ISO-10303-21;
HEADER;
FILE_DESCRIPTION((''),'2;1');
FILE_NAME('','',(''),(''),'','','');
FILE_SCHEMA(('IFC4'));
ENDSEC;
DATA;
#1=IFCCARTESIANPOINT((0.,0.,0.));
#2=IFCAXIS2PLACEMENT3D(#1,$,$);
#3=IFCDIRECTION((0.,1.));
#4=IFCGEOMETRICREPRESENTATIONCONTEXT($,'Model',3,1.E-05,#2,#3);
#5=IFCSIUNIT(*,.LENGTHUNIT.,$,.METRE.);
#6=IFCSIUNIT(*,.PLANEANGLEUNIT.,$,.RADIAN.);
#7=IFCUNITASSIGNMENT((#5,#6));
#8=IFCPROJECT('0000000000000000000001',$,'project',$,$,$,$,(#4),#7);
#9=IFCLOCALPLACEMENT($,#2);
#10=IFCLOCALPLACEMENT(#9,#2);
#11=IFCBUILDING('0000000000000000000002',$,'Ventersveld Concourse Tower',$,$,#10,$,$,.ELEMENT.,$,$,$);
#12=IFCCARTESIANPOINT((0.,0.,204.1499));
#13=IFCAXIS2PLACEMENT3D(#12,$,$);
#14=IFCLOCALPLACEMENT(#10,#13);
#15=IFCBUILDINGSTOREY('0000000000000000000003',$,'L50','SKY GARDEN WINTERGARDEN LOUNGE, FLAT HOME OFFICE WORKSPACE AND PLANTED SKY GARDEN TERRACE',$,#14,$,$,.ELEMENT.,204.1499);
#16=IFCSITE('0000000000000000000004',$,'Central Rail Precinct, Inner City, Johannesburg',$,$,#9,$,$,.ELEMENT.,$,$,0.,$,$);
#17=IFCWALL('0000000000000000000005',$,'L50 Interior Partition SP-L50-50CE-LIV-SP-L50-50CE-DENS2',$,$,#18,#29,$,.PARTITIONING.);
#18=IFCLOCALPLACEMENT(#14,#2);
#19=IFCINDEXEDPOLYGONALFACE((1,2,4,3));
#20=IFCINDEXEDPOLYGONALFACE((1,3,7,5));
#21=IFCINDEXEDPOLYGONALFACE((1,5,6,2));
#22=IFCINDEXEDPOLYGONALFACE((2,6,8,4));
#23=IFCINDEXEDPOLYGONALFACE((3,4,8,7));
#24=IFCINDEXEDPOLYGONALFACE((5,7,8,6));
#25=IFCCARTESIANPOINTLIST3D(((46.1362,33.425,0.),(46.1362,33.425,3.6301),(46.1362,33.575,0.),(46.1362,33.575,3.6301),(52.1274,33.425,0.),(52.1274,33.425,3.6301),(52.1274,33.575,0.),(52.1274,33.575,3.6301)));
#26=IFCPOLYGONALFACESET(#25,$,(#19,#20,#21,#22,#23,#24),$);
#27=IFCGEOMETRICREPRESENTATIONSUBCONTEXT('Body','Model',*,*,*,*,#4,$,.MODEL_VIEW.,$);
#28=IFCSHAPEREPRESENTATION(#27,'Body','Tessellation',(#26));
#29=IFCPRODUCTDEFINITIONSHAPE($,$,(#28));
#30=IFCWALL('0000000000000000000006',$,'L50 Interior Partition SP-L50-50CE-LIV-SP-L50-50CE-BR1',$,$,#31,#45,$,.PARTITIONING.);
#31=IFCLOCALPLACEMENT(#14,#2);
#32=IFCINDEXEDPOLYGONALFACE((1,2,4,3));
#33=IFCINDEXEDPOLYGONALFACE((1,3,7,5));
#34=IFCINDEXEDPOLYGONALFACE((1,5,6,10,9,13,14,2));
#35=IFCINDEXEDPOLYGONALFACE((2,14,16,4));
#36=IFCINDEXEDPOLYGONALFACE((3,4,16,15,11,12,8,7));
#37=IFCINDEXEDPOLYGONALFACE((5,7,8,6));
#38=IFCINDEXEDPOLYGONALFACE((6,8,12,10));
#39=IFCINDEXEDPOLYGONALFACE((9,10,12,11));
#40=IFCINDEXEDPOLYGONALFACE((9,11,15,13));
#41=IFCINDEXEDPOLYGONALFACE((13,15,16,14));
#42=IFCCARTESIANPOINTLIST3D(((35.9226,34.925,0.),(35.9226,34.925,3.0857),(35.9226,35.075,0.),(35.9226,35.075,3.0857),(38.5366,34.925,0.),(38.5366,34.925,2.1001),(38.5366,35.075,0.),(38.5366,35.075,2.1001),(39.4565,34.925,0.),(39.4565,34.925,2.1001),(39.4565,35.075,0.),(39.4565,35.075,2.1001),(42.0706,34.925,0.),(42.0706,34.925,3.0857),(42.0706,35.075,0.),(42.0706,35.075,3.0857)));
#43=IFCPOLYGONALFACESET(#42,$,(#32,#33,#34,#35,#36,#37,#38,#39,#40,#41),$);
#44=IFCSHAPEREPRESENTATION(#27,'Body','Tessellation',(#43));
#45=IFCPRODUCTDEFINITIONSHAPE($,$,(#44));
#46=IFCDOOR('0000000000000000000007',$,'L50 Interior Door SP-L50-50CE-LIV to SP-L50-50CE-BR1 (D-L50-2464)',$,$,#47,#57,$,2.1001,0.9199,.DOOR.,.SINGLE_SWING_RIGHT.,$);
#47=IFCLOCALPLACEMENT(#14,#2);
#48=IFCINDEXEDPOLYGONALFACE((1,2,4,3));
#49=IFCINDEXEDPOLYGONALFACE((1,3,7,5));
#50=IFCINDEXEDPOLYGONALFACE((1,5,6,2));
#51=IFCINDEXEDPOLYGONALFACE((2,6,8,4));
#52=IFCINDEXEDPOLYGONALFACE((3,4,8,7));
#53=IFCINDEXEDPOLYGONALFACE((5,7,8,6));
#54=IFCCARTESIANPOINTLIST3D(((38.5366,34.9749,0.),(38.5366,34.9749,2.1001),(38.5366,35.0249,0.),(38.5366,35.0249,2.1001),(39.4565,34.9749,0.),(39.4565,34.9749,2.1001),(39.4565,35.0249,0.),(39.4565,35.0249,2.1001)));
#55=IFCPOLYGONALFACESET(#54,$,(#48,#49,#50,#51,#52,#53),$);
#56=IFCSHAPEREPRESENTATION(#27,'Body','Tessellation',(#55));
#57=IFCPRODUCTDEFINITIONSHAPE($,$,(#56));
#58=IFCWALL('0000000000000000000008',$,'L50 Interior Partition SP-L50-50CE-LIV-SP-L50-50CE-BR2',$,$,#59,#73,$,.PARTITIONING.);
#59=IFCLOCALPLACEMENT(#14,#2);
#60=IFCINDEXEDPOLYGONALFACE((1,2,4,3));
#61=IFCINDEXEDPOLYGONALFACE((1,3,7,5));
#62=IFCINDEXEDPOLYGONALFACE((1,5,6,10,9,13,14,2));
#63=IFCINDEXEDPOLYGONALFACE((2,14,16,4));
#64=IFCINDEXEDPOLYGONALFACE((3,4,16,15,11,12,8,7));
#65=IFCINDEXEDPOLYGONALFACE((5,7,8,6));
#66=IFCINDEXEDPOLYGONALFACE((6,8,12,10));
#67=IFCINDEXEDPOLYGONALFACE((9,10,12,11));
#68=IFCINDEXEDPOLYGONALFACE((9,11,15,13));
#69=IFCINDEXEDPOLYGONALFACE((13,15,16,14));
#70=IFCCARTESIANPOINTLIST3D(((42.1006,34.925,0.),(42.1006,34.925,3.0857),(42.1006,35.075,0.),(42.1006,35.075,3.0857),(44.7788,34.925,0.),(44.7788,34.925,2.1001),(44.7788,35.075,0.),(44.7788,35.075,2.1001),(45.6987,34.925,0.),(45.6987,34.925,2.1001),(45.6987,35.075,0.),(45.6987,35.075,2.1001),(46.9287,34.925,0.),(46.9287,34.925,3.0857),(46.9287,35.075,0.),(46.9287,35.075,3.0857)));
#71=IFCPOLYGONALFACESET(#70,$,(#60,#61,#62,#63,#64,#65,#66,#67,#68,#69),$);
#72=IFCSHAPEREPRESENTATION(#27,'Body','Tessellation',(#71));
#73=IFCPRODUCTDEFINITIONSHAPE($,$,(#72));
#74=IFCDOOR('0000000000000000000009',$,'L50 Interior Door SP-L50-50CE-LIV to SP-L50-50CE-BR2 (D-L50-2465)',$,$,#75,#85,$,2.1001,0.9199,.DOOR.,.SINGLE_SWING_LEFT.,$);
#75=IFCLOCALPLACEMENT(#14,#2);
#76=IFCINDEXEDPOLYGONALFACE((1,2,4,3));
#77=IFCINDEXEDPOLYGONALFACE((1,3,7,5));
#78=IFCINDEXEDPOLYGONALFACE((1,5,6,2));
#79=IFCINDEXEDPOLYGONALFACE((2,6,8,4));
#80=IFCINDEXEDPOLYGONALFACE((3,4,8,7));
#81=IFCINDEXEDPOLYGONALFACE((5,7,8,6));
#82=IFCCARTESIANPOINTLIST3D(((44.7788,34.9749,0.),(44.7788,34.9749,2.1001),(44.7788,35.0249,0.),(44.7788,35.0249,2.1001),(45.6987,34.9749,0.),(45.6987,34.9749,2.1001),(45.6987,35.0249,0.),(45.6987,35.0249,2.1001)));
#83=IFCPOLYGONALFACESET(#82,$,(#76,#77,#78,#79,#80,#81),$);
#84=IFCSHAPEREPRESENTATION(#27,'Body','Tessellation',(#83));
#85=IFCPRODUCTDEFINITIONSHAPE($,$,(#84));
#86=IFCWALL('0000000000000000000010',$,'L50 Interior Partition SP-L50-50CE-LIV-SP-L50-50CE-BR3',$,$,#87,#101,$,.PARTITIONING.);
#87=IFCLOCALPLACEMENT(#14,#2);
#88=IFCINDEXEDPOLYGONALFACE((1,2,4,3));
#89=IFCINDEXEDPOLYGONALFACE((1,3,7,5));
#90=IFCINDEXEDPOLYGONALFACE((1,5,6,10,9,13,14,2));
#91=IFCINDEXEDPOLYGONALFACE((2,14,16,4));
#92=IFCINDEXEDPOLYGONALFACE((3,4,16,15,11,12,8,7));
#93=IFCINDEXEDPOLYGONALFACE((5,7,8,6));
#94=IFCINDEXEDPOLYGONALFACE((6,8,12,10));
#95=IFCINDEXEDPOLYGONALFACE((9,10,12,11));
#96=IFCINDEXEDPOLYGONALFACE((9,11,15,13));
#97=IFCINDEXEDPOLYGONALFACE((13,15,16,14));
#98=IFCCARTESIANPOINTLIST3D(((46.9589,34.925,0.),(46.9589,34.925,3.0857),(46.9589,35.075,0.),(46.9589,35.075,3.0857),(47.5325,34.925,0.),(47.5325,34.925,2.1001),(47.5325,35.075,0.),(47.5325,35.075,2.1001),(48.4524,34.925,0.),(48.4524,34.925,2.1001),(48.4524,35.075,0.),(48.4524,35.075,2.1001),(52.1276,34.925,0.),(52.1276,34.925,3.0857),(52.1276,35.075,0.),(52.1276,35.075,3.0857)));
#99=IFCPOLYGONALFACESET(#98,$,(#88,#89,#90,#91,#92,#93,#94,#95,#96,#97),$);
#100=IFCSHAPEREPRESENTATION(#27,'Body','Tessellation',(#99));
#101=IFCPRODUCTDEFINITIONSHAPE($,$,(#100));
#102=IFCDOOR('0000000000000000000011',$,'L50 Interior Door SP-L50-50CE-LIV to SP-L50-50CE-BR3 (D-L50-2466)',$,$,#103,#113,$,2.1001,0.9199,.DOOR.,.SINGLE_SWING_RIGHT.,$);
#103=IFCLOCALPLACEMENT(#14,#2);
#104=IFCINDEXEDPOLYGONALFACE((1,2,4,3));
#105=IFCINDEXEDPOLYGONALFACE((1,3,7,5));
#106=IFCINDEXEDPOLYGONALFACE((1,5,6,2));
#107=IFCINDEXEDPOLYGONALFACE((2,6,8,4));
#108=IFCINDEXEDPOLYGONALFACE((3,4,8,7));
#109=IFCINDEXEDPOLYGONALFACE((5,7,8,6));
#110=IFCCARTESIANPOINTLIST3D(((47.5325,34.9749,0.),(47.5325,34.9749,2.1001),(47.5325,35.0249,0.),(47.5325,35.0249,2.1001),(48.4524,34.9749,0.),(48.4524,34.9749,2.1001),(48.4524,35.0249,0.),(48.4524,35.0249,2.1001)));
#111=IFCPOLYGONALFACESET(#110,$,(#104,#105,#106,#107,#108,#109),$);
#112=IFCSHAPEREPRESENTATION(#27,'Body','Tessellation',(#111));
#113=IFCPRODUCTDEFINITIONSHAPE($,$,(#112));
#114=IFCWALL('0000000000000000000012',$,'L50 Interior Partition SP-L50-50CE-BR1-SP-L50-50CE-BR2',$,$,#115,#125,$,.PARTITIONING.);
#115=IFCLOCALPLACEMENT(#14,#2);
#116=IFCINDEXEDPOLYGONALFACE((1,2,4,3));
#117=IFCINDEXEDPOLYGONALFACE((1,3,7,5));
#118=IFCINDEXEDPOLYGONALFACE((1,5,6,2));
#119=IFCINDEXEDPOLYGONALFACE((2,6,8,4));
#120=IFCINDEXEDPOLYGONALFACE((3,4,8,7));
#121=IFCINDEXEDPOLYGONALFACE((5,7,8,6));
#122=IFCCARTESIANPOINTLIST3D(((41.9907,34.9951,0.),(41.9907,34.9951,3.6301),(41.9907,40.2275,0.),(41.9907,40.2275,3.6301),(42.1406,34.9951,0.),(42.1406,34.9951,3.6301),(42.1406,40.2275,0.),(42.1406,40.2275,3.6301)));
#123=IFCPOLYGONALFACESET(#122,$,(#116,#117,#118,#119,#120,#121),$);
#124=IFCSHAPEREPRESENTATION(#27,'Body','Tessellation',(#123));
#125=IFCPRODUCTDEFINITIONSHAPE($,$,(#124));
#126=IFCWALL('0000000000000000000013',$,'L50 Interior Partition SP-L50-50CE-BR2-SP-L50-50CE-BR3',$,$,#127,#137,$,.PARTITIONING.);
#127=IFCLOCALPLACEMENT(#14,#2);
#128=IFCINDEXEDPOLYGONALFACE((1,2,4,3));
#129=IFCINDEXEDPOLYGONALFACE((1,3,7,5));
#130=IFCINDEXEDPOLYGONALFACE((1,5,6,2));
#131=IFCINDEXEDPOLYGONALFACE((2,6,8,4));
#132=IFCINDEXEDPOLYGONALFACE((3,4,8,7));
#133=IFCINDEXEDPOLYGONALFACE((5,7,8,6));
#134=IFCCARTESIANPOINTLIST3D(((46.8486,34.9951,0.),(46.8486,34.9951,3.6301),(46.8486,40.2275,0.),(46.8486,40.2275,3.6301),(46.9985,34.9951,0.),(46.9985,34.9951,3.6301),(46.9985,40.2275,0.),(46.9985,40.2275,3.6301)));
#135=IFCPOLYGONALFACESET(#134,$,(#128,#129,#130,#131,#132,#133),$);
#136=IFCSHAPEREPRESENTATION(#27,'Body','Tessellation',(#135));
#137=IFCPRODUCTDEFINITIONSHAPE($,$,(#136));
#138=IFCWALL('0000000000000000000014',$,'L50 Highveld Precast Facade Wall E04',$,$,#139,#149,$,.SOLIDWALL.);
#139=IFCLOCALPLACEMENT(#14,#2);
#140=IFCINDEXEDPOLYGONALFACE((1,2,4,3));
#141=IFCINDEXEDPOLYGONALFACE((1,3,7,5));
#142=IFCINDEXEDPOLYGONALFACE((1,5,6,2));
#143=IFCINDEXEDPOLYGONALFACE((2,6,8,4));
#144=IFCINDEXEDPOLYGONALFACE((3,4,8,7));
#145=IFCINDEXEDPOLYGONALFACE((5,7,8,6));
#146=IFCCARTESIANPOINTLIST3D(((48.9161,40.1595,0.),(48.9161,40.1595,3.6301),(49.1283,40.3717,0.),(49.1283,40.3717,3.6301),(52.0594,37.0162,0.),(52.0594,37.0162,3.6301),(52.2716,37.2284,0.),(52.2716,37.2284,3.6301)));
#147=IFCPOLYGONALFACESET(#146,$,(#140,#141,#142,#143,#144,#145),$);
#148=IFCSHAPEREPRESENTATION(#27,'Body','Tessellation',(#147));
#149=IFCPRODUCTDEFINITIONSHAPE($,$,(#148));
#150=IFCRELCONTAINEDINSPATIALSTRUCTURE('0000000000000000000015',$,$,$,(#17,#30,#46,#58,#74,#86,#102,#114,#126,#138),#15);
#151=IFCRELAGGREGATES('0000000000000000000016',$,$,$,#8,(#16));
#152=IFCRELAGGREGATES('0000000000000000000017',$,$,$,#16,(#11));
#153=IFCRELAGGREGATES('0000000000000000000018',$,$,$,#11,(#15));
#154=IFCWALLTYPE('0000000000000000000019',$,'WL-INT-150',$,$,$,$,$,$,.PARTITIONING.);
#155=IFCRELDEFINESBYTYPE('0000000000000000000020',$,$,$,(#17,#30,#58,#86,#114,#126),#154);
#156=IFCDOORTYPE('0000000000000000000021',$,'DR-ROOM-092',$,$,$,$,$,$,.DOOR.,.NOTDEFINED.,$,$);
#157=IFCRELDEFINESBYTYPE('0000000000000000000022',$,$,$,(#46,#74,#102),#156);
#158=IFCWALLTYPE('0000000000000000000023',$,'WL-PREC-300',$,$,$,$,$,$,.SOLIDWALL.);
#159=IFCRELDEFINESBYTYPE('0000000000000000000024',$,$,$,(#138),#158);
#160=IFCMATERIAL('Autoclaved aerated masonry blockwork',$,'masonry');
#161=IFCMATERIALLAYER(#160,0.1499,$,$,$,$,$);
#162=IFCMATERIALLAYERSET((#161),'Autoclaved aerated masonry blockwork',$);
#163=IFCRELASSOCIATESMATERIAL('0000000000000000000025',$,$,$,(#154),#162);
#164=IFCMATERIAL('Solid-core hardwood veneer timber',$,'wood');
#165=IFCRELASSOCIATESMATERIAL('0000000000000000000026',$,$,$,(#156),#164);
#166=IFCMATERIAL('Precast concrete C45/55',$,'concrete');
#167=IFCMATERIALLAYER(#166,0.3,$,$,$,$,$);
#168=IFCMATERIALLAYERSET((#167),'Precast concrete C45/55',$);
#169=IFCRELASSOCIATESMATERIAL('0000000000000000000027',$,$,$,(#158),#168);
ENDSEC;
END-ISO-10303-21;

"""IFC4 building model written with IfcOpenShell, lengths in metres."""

from ifc_helpers import new_model, si_unit, direction, frame, frame_2d, origin, place, context, subcontext, project, spatial, rectangle, extrude, material, layer, layer_set, type_object, element, fill, save


model = new_model("IFC4")

# Units and contexts
model_context = context("Model", 3, precision=1e-05, world=origin(), true_north=direction((0.0, 1.0)))
body_context = subcontext(model_context, "Body", "Model", "MODEL_VIEW")
ifc_project = project(units=[si_unit("LENGTHUNIT", "METRE"), si_unit("PLANEANGLEUNIT", "RADIAN")], contexts=[model_context])

# Site, building, storey
site_placement = place(None, origin())
site = spatial("IfcSite", under=ifc_project, at=site_placement, Name="Central Rail Precinct, Inner City, Johannesburg", CompositionType="ELEMENT", RefElevation=0.0)
building_placement = place(site_placement, origin())
building = spatial("IfcBuilding", under=site, at=building_placement, Name="Ventersveld Concourse Tower", CompositionType="ELEMENT")
storey_placement = place(building_placement, frame((0.0, 0.0, 204.1499)))
storey = spatial("IfcBuildingStorey", under=building, at=storey_placement, Name="L50", Description="SKY GARDEN WINTERGARDEN LOUNGE, FLAT HOME OFFICE WORKSPACE AND PLANTED SKY GARDEN TERRACE", CompositionType="ELEMENT", Elevation=204.1499)

# Wall
ifc_material_1 = material(Name="Autoclaved aerated masonry blockwork", Category="masonry")
ifc_layer_1 = layer(ifc_material_1, 0.1499)
ifc_layer_set_1 = layer_set([ifc_layer_1], Name="Autoclaved aerated masonry blockwork")
wall_type_1 = type_object("IfcWallType", Name="WL-INT-150", PredefinedType="PARTITIONING", material=ifc_layer_set_1)
wall_1_placement = place(storey_placement, frame((46.1362, 33.5, 0.0), z_axis=(0.0, 0.0, 1.0), x_axis=(1.0, 0.0, 0.0)))
element("IfcWall", 1, at=wall_1_placement, inside=storey, type_object=wall_type_1, Name="L50 Interior Partition SP-L50-50CE-LIV-SP-L50-50CE-DENS2", PredefinedType="PARTITIONING", context=body_context, shape_type="SweptSolid", body=[
    extrude(rectangle(XDim=5.9912, YDim=0.1499, at=frame_2d((2.9956, 0.0))), origin(), (0.0, 0.0, 1.0), 3.6301),
])

# Walls, openings, doors
wall_2_placement = place(storey_placement, frame((35.9226, 35.0, 0.0), z_axis=(0.0, 0.0, 1.0), x_axis=(1.0, 0.0, 0.0)))
wall_2 = element("IfcWall", 2, at=wall_2_placement, inside=storey, type_object=wall_type_1, Name="L50 Interior Partition SP-L50-50CE-LIV-SP-L50-50CE-BR1", PredefinedType="PARTITIONING", context=body_context, shape_type="SweptSolid", body=[
    extrude(rectangle(XDim=6.1479, YDim=0.1499, at=frame_2d((3.074, 0.0))), origin(), (0.0, 0.0, 1.0), 3.0857),
])
opening_1_placement = place(wall_2_placement, frame((2.614, 0.0, 0.0)))
opening_1 = element("IfcOpeningElement", 3, at=opening_1_placement, cuts=wall_2, PredefinedType="OPENING", context=body_context, shape_type="SweptSolid", body=[
    extrude(rectangle(XDim=0.9199, YDim=2.1001, at=frame_2d((0.46, 1.05))), frame((0.0, 0.085, 0.0), z_axis=(0.0, -1.0, 0.0), x_axis=(1.0, 0.0, 0.0)), (0.0, 0.0, 1.0), 0.1699),
])
ifc_material_2 = material(Name="Solid-core hardwood veneer timber", Category="wood")
door_type = type_object("IfcDoorType", Name="DR-ROOM-092", OperationType="NOTDEFINED", PredefinedType="DOOR", material=ifc_material_2)
door_1_placement = place(opening_1_placement, origin())
door_1 = element("IfcDoor", 4, at=door_1_placement, inside=storey, type_object=door_type, Name="L50 Interior Door SP-L50-50CE-LIV to SP-L50-50CE-BR1 (D-L50-2464)", OperationType="SINGLE_SWING_RIGHT", OverallHeight=2.1001, OverallWidth=0.9199, PredefinedType="DOOR", context=body_context, shape_type="SweptSolid", body=[
    extrude(rectangle(XDim=0.9199, YDim=2.1001, at=frame_2d((0.46, 1.05))), frame((0.0, 0.0249, 0.0), z_axis=(0.0, -1.0, 0.0), x_axis=(1.0, 0.0, 0.0)), (0.0, 0.0, 1.0), 0.05),
])
fill(opening_1, door_1)
wall_3_placement = place(storey_placement, frame((42.1006, 35.0, 0.0), z_axis=(0.0, 0.0, 1.0), x_axis=(1.0, 0.0, 0.0)))
wall_3 = element("IfcWall", 5, at=wall_3_placement, inside=storey, type_object=wall_type_1, Name="L50 Interior Partition SP-L50-50CE-LIV-SP-L50-50CE-BR2", PredefinedType="PARTITIONING", context=body_context, shape_type="SweptSolid", body=[
    extrude(rectangle(XDim=4.8281, YDim=0.1499, at=frame_2d((2.4141, 0.0))), origin(), (0.0, 0.0, 1.0), 3.0857),
])
opening_2_placement = place(wall_3_placement, frame((2.6782, 0.0, 0.0)))
opening_2 = element("IfcOpeningElement", 6, at=opening_2_placement, cuts=wall_3, PredefinedType="OPENING", context=body_context, shape_type="SweptSolid", body=[
    extrude(rectangle(XDim=0.9199, YDim=2.1001, at=frame_2d((0.46, 1.05))), frame((0.0, 0.085, 0.0), z_axis=(0.0, -1.0, 0.0), x_axis=(1.0, 0.0, 0.0)), (0.0, 0.0, 1.0), 0.1699),
])
door_2_placement = place(opening_2_placement, origin())
door_2 = element("IfcDoor", 7, at=door_2_placement, inside=storey, type_object=door_type, Name="L50 Interior Door SP-L50-50CE-LIV to SP-L50-50CE-BR2 (D-L50-2465)", OperationType="SINGLE_SWING_LEFT", OverallHeight=2.1001, OverallWidth=0.9199, PredefinedType="DOOR", context=body_context, shape_type="SweptSolid", body=[
    extrude(rectangle(XDim=0.9199, YDim=2.1001, at=frame_2d((0.46, 1.05))), frame((0.0, 0.0249, 0.0), z_axis=(0.0, -1.0, 0.0), x_axis=(1.0, 0.0, 0.0)), (0.0, 0.0, 1.0), 0.05),
])
fill(opening_2, door_2)
wall_4_placement = place(storey_placement, frame((46.9587, 35.0, 0.0), z_axis=(0.0, 0.0, 1.0), x_axis=(1.0, 0.0, 0.0)))
wall_4 = element("IfcWall", 8, at=wall_4_placement, inside=storey, type_object=wall_type_1, Name="L50 Interior Partition SP-L50-50CE-LIV-SP-L50-50CE-BR3", PredefinedType="PARTITIONING", context=body_context, shape_type="SweptSolid", body=[
    extrude(rectangle(XDim=5.1687, YDim=0.1499, at=frame_2d((2.5845, 0.0))), origin(), (0.0, 0.0, 1.0), 3.0857),
])
opening_3_placement = place(wall_4_placement, frame((0.5737, 0.0, 0.0)))
opening_3 = element("IfcOpeningElement", 9, at=opening_3_placement, cuts=wall_4, PredefinedType="OPENING", context=body_context, shape_type="SweptSolid", body=[
    extrude(rectangle(XDim=0.9199, YDim=2.1001, at=frame_2d((0.46, 1.05))), frame((0.0, 0.085, 0.0), z_axis=(0.0, -1.0, 0.0), x_axis=(1.0, 0.0, 0.0)), (0.0, 0.0, 1.0), 0.1699),
])
door_3_placement = place(opening_3_placement, origin())
door_3 = element("IfcDoor", 10, at=door_3_placement, inside=storey, type_object=door_type, Name="L50 Interior Door SP-L50-50CE-LIV to SP-L50-50CE-BR3 (D-L50-2466)", OperationType="SINGLE_SWING_RIGHT", OverallHeight=2.1001, OverallWidth=0.9199, PredefinedType="DOOR", context=body_context, shape_type="SweptSolid", body=[
    extrude(rectangle(XDim=0.9199, YDim=2.1001, at=frame_2d((0.46, 1.05))), frame((0.0, 0.0249, 0.0), z_axis=(0.0, -1.0, 0.0), x_axis=(1.0, 0.0, 0.0)), (0.0, 0.0, 1.0), 0.05),
])
fill(opening_3, door_3)

# Walls
for number, where, z_axis, x_axis, name in (
    (11, (42.0657, 34.9951, 0.0), (0.0, 0.0, 1.0), (0.0, 1.0, 0.0), "L50 Interior Partition SP-L50-50CE-BR1-SP-L50-50CE-BR2"),
    (12, (46.9236, 34.9951, 0.0), (0.0, 0.0, 1.0), (0.0, 1.0, 0.0), "L50 Interior Partition SP-L50-50CE-BR2-SP-L50-50CE-BR3"),
):
    element("IfcWall", number, at=place(storey_placement, frame(where, z_axis=z_axis, x_axis=x_axis)), inside=storey, type_object=wall_type_1, Name=name, PredefinedType="PARTITIONING", context=body_context, shape_type="SweptSolid", body=[
        extrude(rectangle(XDim=5.2324, YDim=0.1499, at=frame_2d((2.6162, 0.0))), origin(), (0.0, 0.0, 1.0), 3.6301),
    ])
ifc_material_3 = material(Name="Precast concrete C45/55", Category="concrete")
ifc_layer_2 = layer(ifc_material_3, 0.3)
ifc_layer_set_2 = layer_set([ifc_layer_2], Name="Precast concrete C45/55")
wall_type_2 = type_object("IfcWallType", Name="WL-PREC-300", PredefinedType="SOLIDWALL", material=ifc_layer_set_2)
wall_5_placement = place(storey_placement, frame((52.1655, 37.1223, 0.0), z_axis=(0.0, 0.0, 1.0), x_axis=(-0.707107, 0.707107, 0.0)))
element("IfcWall", 13, at=wall_5_placement, inside=storey, type_object=wall_type_2, Name="L50 Highveld Precast Facade Wall E04", PredefinedType="SOLIDWALL", context=body_context, shape_type="SweptSolid", body=[
    extrude(rectangle(XDim=4.4453, YDim=0.3, at=frame_2d((2.2227, 0.0))), origin(), (0.0, 0.0, 1.0), 3.6301),
])

save(model, "model.ifc")
